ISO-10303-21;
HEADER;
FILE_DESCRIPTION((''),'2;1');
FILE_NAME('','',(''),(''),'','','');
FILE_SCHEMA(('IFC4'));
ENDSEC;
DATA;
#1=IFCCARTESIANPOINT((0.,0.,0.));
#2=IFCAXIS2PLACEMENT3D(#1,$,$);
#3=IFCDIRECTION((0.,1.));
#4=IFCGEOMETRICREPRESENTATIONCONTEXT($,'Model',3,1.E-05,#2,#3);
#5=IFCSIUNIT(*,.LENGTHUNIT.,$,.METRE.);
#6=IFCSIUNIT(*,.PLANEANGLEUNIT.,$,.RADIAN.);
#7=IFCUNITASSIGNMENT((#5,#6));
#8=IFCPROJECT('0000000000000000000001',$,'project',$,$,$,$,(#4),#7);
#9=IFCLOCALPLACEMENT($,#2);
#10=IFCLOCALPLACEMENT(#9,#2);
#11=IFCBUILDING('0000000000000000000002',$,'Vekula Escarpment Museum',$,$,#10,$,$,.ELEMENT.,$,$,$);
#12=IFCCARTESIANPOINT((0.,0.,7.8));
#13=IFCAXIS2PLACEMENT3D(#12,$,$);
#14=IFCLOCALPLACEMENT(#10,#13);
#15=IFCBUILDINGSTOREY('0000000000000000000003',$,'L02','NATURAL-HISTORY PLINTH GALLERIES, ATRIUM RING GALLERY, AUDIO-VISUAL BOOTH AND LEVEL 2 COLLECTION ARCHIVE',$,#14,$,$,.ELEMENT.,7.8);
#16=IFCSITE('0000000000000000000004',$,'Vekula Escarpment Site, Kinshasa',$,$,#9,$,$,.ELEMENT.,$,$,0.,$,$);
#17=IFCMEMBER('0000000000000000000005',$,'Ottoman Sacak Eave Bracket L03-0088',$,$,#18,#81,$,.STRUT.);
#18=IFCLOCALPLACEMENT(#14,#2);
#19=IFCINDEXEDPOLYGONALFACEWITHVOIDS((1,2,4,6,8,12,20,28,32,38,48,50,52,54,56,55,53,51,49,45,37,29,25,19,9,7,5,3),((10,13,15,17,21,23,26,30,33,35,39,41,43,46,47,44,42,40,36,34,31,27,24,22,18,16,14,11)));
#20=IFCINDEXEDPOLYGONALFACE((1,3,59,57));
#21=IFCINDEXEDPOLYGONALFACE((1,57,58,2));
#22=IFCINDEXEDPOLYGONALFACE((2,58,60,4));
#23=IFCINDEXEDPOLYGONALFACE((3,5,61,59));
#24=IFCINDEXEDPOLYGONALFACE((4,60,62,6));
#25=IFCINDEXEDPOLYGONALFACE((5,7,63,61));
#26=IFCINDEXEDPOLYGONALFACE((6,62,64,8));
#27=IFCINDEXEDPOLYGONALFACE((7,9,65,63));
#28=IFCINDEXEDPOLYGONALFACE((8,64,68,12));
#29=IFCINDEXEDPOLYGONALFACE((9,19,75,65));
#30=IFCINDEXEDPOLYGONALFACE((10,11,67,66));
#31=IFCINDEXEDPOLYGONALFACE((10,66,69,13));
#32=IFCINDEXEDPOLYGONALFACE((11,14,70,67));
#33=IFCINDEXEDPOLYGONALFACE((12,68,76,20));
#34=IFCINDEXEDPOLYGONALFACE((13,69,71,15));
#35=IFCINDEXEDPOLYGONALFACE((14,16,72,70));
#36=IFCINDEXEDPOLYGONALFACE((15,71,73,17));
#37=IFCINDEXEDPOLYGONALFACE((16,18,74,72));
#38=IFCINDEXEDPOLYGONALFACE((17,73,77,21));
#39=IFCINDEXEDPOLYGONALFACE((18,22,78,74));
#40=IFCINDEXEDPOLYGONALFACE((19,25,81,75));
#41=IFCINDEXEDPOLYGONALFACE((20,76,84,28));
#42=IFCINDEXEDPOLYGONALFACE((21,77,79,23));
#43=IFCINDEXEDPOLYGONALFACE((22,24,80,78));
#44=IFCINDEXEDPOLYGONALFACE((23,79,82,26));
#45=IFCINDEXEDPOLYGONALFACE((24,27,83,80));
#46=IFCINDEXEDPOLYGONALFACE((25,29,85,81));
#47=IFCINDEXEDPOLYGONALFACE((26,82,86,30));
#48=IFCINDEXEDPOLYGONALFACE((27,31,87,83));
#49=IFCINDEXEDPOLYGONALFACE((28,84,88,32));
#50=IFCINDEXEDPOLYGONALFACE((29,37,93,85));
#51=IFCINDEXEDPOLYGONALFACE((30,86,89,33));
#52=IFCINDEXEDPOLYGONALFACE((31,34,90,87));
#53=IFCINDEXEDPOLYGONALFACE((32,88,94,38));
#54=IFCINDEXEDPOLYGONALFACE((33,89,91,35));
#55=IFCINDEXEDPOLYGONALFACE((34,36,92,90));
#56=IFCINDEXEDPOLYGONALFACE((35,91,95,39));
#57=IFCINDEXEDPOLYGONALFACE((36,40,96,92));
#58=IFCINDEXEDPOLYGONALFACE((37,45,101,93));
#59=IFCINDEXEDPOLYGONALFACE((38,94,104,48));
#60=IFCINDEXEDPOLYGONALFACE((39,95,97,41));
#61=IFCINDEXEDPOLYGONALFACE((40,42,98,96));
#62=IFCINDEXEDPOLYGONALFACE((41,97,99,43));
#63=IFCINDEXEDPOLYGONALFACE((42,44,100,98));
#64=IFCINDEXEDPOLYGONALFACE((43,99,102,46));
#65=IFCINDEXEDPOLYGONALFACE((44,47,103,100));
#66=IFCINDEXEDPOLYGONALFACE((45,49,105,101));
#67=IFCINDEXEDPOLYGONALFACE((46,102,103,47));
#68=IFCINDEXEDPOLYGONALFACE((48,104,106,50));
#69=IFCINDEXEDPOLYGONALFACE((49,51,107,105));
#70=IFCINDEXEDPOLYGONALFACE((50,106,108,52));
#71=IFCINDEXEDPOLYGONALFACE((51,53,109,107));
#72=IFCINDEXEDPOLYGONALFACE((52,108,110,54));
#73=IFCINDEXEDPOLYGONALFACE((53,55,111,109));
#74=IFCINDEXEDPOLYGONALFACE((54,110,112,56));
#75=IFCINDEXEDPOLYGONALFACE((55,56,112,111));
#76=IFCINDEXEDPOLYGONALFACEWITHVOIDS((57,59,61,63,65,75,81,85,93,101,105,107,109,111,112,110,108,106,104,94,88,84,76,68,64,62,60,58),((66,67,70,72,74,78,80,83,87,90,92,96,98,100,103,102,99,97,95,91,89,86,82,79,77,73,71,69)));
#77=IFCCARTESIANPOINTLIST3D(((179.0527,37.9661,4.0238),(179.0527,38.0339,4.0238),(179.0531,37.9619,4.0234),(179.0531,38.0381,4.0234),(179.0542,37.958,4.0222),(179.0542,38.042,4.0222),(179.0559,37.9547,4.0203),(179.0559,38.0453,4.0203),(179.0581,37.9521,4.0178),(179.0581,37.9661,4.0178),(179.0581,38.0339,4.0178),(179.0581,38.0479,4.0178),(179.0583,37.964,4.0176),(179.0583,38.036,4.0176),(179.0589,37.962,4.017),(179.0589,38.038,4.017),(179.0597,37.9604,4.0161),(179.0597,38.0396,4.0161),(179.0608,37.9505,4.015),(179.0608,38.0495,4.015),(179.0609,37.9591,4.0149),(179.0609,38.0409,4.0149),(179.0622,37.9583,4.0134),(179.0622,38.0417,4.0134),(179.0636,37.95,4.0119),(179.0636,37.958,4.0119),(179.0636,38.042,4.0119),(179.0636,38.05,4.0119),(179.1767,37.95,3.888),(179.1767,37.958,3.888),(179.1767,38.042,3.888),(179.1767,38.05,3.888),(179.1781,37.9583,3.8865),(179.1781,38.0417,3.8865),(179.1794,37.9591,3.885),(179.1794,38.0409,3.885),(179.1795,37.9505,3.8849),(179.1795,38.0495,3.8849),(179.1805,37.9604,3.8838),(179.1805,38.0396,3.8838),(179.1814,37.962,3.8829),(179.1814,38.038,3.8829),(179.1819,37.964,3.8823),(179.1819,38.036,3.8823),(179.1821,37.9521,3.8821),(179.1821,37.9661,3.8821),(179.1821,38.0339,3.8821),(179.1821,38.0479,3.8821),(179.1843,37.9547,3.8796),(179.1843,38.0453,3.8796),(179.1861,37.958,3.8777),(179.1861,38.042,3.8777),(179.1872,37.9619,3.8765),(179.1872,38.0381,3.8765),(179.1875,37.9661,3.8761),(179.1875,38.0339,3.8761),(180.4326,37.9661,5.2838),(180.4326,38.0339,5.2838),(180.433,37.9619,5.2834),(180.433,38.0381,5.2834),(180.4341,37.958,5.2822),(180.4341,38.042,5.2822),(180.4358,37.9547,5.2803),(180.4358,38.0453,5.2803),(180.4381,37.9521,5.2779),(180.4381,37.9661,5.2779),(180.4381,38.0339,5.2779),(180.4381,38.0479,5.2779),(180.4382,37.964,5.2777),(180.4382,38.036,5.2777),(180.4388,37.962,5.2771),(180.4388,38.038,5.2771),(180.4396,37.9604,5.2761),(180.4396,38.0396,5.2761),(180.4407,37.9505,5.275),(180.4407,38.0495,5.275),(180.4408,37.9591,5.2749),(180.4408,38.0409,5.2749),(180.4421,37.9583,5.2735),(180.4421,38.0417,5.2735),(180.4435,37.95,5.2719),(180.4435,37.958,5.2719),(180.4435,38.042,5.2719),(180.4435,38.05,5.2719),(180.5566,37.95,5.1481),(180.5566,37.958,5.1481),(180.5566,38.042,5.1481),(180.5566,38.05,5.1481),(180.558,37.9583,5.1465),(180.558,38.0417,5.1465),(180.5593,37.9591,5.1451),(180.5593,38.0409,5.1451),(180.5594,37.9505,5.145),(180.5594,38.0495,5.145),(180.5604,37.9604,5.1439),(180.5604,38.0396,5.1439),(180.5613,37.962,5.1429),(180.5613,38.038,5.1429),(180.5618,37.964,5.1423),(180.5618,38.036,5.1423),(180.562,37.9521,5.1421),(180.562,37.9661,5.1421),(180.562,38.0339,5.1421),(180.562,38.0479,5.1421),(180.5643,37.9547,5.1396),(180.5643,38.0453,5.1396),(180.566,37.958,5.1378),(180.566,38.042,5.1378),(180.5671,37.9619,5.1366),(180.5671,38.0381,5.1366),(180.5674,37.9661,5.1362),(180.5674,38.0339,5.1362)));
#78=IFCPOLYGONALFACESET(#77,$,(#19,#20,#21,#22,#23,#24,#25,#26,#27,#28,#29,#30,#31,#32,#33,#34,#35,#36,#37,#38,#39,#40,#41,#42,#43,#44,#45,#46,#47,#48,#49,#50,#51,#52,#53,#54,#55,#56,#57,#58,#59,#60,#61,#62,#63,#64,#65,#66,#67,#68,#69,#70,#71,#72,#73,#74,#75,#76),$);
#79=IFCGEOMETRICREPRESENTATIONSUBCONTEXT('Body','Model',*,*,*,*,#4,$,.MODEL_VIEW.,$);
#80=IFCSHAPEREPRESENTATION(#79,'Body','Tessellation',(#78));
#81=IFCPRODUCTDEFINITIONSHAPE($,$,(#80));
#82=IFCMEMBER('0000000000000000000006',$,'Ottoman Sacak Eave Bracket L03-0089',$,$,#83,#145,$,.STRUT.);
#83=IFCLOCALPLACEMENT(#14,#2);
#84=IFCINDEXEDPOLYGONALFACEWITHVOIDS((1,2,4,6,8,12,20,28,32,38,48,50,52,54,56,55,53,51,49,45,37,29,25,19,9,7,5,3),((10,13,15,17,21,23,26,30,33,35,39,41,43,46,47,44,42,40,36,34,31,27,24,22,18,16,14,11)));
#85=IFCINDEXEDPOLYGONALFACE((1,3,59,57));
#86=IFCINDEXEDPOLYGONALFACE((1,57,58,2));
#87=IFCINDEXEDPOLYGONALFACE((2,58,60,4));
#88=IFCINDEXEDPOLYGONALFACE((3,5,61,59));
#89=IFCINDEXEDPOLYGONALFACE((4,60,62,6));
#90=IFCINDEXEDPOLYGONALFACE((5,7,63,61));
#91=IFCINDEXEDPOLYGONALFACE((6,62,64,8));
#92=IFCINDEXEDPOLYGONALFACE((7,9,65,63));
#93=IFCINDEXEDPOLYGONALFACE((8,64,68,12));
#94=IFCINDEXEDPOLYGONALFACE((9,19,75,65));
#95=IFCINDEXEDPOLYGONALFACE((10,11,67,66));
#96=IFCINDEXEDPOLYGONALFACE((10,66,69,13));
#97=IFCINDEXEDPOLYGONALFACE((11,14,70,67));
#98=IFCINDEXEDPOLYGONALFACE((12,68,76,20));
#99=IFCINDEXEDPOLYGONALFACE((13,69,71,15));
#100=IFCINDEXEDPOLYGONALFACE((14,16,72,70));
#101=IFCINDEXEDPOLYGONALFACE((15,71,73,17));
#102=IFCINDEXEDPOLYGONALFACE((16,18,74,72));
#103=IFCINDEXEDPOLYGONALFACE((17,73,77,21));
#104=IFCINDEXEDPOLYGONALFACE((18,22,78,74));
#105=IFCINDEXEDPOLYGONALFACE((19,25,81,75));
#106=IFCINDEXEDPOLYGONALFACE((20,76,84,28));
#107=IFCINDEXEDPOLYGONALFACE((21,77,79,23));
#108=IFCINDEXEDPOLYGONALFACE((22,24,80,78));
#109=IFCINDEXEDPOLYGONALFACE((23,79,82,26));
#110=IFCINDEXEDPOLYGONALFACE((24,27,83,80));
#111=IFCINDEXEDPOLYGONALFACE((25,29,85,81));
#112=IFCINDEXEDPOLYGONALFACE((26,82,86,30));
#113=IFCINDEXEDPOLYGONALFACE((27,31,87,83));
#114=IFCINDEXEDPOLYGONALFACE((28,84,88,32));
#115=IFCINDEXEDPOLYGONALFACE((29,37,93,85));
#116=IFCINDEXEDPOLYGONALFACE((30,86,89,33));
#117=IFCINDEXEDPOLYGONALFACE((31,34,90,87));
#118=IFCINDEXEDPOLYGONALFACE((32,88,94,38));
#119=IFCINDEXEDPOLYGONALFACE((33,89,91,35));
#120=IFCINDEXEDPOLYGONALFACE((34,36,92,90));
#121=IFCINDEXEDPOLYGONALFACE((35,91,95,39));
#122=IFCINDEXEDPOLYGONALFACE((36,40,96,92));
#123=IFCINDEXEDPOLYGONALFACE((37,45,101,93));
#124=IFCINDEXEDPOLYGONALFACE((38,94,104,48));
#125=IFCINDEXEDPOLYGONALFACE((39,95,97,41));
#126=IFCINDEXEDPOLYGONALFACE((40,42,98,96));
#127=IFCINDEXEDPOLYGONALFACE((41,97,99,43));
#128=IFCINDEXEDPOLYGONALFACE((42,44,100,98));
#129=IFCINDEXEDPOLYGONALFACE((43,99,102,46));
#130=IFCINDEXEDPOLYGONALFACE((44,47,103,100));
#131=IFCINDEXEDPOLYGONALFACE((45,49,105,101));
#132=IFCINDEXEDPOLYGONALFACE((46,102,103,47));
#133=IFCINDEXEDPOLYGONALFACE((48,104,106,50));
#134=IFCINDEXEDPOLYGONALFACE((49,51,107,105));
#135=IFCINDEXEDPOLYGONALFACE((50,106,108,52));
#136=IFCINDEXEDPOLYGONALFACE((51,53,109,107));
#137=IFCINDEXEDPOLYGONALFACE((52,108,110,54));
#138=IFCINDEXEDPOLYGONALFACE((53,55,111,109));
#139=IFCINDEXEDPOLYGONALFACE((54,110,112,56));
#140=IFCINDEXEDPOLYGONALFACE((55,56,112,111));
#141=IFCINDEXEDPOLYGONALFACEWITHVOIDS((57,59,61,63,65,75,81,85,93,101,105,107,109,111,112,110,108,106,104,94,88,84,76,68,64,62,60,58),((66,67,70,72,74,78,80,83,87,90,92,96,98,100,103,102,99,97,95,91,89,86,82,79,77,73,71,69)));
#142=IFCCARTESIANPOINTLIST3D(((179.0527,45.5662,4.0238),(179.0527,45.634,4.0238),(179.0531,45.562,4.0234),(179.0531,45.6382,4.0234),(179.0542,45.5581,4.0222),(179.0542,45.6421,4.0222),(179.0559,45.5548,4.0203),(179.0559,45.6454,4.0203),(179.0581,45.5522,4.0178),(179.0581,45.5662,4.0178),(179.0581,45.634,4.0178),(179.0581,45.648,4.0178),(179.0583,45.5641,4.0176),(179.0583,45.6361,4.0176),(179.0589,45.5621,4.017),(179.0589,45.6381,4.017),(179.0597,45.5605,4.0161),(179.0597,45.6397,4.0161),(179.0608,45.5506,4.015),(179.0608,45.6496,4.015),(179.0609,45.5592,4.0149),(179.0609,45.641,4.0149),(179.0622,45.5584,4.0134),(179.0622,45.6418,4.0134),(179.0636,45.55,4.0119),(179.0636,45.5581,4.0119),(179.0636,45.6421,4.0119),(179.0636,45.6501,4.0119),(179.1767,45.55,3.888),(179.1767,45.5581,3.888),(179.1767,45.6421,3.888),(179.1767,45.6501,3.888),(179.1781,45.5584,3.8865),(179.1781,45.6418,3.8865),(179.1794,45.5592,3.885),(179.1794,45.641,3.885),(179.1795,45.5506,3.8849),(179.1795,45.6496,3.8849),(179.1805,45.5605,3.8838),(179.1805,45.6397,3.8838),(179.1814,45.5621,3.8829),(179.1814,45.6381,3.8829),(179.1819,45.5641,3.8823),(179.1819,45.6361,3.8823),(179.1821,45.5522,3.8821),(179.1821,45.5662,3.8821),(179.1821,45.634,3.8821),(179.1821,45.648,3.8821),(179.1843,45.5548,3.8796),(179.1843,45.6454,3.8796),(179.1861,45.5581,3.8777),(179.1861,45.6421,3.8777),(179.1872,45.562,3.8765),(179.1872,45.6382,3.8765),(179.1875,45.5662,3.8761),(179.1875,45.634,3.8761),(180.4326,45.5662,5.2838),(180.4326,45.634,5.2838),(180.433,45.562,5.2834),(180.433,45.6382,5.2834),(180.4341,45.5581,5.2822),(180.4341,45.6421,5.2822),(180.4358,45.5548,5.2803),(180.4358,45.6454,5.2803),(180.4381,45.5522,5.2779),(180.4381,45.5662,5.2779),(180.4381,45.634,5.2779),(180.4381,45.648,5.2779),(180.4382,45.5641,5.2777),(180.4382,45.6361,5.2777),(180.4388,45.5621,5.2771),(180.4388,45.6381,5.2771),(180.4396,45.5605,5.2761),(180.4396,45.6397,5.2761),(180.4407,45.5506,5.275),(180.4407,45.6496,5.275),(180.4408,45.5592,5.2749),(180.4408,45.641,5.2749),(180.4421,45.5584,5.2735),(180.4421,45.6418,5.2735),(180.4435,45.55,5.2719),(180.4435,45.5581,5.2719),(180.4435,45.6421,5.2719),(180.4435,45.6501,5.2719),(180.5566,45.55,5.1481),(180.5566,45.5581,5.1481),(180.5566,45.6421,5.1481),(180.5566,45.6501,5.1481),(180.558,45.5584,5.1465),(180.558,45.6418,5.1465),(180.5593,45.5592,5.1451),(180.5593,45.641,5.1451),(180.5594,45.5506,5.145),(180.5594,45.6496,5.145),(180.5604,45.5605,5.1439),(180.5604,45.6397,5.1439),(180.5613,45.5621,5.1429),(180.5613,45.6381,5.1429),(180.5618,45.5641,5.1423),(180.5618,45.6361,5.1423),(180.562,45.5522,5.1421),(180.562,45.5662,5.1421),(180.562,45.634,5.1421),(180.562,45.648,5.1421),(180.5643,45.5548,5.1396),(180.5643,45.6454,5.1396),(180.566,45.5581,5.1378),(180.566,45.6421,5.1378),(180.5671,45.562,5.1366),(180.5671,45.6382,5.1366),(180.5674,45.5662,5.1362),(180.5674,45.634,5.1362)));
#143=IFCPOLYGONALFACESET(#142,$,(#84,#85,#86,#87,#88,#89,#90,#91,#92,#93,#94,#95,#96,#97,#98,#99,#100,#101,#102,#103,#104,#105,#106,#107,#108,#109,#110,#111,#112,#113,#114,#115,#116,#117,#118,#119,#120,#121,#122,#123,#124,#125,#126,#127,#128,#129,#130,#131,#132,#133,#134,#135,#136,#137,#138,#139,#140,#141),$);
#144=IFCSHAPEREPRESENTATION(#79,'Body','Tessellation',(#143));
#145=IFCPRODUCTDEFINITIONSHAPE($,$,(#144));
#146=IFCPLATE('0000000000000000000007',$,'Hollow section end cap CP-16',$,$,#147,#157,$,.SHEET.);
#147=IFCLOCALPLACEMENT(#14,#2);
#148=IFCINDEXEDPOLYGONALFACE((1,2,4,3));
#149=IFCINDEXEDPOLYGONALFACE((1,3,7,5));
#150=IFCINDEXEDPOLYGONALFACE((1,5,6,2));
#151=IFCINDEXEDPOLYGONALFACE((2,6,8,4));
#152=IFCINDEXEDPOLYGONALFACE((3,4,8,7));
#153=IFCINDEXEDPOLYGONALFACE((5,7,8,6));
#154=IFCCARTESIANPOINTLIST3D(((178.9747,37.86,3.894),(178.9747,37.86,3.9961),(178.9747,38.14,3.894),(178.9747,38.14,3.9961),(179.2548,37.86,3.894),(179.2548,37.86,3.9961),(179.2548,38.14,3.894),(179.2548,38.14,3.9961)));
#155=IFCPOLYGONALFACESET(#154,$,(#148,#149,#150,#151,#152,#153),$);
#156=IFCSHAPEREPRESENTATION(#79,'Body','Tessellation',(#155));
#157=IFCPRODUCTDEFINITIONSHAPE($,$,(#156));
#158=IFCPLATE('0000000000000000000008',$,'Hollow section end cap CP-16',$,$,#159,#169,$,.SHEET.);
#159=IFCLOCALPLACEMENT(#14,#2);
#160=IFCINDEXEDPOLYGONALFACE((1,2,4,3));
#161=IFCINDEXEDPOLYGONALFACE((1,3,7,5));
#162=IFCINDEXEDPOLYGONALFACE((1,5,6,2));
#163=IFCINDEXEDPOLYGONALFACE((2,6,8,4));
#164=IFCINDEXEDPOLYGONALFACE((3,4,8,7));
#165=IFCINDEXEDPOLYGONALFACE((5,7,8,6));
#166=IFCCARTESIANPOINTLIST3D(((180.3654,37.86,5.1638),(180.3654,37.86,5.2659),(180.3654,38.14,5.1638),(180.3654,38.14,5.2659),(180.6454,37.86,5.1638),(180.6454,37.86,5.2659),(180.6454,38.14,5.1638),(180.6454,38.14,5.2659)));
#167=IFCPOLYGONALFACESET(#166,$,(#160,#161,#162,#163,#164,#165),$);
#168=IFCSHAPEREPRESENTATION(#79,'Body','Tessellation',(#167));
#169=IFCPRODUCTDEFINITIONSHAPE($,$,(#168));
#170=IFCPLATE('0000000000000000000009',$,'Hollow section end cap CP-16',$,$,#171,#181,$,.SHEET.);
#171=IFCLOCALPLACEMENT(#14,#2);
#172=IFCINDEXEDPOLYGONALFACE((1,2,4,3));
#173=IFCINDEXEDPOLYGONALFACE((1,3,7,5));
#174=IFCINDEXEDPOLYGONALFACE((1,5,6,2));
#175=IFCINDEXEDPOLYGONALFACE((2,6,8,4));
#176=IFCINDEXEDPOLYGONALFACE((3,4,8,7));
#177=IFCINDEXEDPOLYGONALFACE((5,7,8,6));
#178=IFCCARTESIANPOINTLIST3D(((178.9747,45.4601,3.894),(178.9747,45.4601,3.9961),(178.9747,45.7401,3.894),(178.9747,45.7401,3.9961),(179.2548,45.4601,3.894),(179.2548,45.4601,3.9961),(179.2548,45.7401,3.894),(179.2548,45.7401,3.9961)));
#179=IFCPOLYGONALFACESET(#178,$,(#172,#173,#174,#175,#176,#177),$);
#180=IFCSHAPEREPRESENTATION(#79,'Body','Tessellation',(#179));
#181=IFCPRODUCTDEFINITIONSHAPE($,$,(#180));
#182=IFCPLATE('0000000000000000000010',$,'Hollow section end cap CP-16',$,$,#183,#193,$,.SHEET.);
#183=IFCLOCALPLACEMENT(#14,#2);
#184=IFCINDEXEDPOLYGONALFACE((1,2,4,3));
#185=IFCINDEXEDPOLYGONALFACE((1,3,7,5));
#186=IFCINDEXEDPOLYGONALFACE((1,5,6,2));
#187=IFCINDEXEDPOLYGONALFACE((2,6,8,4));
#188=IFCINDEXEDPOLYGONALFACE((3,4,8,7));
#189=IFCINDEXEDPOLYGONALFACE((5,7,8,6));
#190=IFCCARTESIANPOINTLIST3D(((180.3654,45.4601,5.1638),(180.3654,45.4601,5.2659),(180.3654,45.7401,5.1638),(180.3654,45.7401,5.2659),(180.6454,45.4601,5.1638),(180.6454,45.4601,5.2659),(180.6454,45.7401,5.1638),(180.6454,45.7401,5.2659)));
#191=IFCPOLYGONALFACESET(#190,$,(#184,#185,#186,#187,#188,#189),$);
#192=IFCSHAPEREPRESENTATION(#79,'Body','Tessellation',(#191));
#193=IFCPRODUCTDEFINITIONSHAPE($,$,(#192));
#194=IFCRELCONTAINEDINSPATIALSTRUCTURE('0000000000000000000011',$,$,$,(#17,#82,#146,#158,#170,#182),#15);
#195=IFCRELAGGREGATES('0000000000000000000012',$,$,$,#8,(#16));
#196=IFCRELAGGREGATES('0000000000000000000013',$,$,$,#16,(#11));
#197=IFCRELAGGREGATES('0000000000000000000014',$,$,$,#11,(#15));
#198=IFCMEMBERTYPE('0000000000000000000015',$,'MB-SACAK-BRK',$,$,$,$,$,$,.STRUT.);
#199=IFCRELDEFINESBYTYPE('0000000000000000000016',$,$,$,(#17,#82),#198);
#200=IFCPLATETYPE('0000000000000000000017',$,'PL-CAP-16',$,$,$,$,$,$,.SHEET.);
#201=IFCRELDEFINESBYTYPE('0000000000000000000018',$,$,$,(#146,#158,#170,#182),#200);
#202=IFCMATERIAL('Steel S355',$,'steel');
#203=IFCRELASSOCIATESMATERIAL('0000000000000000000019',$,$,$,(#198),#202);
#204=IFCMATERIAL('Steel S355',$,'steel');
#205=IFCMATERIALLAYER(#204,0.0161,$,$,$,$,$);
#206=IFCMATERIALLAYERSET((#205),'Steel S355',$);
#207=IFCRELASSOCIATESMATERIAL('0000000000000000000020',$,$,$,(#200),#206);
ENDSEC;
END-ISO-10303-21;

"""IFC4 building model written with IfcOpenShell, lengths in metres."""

from ifc_helpers import new_model, si_unit, direction, frame, origin, origin_2d, place, context, subcontext, project, spatial, rectangle, hollow_rectangle, extrude, material, layer, layer_set, material_profile, profile_set, type_object, element, save


model = new_model("IFC4")

# Units and contexts
model_context = context("Model", 3, precision=1e-05, world=origin(), true_north=direction((0.0, 1.0)))
body_context = subcontext(model_context, "Body", "Model", "MODEL_VIEW")
ifc_project = project(units=[si_unit("LENGTHUNIT", "METRE"), si_unit("PLANEANGLEUNIT", "RADIAN")], contexts=[model_context])

# Site, building, storey
site_placement = place(None, origin())
site = spatial("IfcSite", under=ifc_project, at=site_placement, Name="Vekula Escarpment Site, Kinshasa", CompositionType="ELEMENT", RefElevation=0.0)
building_placement = place(site_placement, origin())
building = spatial("IfcBuilding", under=site, at=building_placement, Name="Vekula Escarpment Museum", CompositionType="ELEMENT")
storey_placement = place(building_placement, frame((0.0, 0.0, 7.8)))
storey = spatial("IfcBuildingStorey", under=building, at=storey_placement, Name="L02", Description="NATURAL-HISTORY PLINTH GALLERIES, ATRIUM RING GALLERY, AUDIO-VISUAL BOOTH AND LEVEL 2 COLLECTION ARCHIVE", CompositionType="ELEMENT", Elevation=7.8)

# Members
ifc_material_1 = material(Name="Steel S355", Category="steel")
ifc_material_profile_1 = material_profile(ifc_material_1, hollow_rectangle(XDim=0.1001, YDim=0.2, WallThickness=0.0081, InnerFilletRadius=0.0081, OuterFilletRadius=0.0161, at=origin_2d()), Name="RHS 200x100x8")
ifc_profile_set_1 = profile_set([ifc_material_profile_1], Name="Steel S355")
member_type = type_object("IfcMemberType", Name="MB-SACAK-BRK", PredefinedType="STRUT", material=ifc_profile_set_1)
for number, where, z_axis, x_axis, name in (
    (1, (179.1201, 38.0, 3.95), (0.738454, 0.0, 0.674303), (0.0, 1.0, 0.0), "Ottoman Sacak Eave Bracket L03-0088"),
    (2, (179.1201, 45.6001, 3.95), (0.738454, 0.0, 0.674303), (0.0, 1.0, 0.0), "Ottoman Sacak Eave Bracket L03-0089"),
):
    element("IfcMember", number, at=place(storey_placement, frame(where, z_axis=z_axis, x_axis=x_axis)), inside=storey, type_object=member_type, Name=name, PredefinedType="STRUT", context=body_context, shape_type="SweptSolid", body=[
        extrude(hollow_rectangle(XDim=0.1001, YDim=0.2, WallThickness=0.0081, InnerFilletRadius=0.0081, OuterFilletRadius=0.0161, at=origin_2d()), origin(), (0.0, 0.0, 1.0), 1.8687),
    ])

# Plates
ifc_material_2 = material(Name="Steel S355", Category="steel")
ifc_layer_1 = layer(ifc_material_2, 0.0161)
ifc_layer_set_1 = layer_set([ifc_layer_1], Name="Steel S355")
plate_type = type_object("IfcPlateType", Name="PL-CAP-16", PredefinedType="SHEET", material=ifc_layer_set_1)
for number, where, z_axis, x_axis, name in (
    (3, (179.1147, 38.0, 3.894), (0.0, 0.0, 1.0), (1.0, 0.0, 0.0), "Hollow section end cap CP-16"),
    (4, (180.5054, 38.0, 5.1638), (0.0, 0.0, 1.0), (1.0, 0.0, 0.0), "Hollow section end cap CP-16"),
    (5, (179.1147, 45.6001, 3.894), (0.0, 0.0, 1.0), (1.0, 0.0, 0.0), "Hollow section end cap CP-16"),
    (6, (180.5054, 45.6001, 5.1638), (0.0, 0.0, 1.0), (1.0, 0.0, 0.0), "Hollow section end cap CP-16"),
):
    element("IfcPlate", number, at=place(storey_placement, frame(where, z_axis=z_axis, x_axis=x_axis)), inside=storey, type_object=plate_type, Name=name, PredefinedType="SHEET", context=body_context, shape_type="SweptSolid", body=[
        extrude(rectangle(XDim=0.28, YDim=0.28, at=origin_2d()), origin(), (0.0, 0.0, 1.0), 0.1021),
    ])

save(model, "model.ifc")
